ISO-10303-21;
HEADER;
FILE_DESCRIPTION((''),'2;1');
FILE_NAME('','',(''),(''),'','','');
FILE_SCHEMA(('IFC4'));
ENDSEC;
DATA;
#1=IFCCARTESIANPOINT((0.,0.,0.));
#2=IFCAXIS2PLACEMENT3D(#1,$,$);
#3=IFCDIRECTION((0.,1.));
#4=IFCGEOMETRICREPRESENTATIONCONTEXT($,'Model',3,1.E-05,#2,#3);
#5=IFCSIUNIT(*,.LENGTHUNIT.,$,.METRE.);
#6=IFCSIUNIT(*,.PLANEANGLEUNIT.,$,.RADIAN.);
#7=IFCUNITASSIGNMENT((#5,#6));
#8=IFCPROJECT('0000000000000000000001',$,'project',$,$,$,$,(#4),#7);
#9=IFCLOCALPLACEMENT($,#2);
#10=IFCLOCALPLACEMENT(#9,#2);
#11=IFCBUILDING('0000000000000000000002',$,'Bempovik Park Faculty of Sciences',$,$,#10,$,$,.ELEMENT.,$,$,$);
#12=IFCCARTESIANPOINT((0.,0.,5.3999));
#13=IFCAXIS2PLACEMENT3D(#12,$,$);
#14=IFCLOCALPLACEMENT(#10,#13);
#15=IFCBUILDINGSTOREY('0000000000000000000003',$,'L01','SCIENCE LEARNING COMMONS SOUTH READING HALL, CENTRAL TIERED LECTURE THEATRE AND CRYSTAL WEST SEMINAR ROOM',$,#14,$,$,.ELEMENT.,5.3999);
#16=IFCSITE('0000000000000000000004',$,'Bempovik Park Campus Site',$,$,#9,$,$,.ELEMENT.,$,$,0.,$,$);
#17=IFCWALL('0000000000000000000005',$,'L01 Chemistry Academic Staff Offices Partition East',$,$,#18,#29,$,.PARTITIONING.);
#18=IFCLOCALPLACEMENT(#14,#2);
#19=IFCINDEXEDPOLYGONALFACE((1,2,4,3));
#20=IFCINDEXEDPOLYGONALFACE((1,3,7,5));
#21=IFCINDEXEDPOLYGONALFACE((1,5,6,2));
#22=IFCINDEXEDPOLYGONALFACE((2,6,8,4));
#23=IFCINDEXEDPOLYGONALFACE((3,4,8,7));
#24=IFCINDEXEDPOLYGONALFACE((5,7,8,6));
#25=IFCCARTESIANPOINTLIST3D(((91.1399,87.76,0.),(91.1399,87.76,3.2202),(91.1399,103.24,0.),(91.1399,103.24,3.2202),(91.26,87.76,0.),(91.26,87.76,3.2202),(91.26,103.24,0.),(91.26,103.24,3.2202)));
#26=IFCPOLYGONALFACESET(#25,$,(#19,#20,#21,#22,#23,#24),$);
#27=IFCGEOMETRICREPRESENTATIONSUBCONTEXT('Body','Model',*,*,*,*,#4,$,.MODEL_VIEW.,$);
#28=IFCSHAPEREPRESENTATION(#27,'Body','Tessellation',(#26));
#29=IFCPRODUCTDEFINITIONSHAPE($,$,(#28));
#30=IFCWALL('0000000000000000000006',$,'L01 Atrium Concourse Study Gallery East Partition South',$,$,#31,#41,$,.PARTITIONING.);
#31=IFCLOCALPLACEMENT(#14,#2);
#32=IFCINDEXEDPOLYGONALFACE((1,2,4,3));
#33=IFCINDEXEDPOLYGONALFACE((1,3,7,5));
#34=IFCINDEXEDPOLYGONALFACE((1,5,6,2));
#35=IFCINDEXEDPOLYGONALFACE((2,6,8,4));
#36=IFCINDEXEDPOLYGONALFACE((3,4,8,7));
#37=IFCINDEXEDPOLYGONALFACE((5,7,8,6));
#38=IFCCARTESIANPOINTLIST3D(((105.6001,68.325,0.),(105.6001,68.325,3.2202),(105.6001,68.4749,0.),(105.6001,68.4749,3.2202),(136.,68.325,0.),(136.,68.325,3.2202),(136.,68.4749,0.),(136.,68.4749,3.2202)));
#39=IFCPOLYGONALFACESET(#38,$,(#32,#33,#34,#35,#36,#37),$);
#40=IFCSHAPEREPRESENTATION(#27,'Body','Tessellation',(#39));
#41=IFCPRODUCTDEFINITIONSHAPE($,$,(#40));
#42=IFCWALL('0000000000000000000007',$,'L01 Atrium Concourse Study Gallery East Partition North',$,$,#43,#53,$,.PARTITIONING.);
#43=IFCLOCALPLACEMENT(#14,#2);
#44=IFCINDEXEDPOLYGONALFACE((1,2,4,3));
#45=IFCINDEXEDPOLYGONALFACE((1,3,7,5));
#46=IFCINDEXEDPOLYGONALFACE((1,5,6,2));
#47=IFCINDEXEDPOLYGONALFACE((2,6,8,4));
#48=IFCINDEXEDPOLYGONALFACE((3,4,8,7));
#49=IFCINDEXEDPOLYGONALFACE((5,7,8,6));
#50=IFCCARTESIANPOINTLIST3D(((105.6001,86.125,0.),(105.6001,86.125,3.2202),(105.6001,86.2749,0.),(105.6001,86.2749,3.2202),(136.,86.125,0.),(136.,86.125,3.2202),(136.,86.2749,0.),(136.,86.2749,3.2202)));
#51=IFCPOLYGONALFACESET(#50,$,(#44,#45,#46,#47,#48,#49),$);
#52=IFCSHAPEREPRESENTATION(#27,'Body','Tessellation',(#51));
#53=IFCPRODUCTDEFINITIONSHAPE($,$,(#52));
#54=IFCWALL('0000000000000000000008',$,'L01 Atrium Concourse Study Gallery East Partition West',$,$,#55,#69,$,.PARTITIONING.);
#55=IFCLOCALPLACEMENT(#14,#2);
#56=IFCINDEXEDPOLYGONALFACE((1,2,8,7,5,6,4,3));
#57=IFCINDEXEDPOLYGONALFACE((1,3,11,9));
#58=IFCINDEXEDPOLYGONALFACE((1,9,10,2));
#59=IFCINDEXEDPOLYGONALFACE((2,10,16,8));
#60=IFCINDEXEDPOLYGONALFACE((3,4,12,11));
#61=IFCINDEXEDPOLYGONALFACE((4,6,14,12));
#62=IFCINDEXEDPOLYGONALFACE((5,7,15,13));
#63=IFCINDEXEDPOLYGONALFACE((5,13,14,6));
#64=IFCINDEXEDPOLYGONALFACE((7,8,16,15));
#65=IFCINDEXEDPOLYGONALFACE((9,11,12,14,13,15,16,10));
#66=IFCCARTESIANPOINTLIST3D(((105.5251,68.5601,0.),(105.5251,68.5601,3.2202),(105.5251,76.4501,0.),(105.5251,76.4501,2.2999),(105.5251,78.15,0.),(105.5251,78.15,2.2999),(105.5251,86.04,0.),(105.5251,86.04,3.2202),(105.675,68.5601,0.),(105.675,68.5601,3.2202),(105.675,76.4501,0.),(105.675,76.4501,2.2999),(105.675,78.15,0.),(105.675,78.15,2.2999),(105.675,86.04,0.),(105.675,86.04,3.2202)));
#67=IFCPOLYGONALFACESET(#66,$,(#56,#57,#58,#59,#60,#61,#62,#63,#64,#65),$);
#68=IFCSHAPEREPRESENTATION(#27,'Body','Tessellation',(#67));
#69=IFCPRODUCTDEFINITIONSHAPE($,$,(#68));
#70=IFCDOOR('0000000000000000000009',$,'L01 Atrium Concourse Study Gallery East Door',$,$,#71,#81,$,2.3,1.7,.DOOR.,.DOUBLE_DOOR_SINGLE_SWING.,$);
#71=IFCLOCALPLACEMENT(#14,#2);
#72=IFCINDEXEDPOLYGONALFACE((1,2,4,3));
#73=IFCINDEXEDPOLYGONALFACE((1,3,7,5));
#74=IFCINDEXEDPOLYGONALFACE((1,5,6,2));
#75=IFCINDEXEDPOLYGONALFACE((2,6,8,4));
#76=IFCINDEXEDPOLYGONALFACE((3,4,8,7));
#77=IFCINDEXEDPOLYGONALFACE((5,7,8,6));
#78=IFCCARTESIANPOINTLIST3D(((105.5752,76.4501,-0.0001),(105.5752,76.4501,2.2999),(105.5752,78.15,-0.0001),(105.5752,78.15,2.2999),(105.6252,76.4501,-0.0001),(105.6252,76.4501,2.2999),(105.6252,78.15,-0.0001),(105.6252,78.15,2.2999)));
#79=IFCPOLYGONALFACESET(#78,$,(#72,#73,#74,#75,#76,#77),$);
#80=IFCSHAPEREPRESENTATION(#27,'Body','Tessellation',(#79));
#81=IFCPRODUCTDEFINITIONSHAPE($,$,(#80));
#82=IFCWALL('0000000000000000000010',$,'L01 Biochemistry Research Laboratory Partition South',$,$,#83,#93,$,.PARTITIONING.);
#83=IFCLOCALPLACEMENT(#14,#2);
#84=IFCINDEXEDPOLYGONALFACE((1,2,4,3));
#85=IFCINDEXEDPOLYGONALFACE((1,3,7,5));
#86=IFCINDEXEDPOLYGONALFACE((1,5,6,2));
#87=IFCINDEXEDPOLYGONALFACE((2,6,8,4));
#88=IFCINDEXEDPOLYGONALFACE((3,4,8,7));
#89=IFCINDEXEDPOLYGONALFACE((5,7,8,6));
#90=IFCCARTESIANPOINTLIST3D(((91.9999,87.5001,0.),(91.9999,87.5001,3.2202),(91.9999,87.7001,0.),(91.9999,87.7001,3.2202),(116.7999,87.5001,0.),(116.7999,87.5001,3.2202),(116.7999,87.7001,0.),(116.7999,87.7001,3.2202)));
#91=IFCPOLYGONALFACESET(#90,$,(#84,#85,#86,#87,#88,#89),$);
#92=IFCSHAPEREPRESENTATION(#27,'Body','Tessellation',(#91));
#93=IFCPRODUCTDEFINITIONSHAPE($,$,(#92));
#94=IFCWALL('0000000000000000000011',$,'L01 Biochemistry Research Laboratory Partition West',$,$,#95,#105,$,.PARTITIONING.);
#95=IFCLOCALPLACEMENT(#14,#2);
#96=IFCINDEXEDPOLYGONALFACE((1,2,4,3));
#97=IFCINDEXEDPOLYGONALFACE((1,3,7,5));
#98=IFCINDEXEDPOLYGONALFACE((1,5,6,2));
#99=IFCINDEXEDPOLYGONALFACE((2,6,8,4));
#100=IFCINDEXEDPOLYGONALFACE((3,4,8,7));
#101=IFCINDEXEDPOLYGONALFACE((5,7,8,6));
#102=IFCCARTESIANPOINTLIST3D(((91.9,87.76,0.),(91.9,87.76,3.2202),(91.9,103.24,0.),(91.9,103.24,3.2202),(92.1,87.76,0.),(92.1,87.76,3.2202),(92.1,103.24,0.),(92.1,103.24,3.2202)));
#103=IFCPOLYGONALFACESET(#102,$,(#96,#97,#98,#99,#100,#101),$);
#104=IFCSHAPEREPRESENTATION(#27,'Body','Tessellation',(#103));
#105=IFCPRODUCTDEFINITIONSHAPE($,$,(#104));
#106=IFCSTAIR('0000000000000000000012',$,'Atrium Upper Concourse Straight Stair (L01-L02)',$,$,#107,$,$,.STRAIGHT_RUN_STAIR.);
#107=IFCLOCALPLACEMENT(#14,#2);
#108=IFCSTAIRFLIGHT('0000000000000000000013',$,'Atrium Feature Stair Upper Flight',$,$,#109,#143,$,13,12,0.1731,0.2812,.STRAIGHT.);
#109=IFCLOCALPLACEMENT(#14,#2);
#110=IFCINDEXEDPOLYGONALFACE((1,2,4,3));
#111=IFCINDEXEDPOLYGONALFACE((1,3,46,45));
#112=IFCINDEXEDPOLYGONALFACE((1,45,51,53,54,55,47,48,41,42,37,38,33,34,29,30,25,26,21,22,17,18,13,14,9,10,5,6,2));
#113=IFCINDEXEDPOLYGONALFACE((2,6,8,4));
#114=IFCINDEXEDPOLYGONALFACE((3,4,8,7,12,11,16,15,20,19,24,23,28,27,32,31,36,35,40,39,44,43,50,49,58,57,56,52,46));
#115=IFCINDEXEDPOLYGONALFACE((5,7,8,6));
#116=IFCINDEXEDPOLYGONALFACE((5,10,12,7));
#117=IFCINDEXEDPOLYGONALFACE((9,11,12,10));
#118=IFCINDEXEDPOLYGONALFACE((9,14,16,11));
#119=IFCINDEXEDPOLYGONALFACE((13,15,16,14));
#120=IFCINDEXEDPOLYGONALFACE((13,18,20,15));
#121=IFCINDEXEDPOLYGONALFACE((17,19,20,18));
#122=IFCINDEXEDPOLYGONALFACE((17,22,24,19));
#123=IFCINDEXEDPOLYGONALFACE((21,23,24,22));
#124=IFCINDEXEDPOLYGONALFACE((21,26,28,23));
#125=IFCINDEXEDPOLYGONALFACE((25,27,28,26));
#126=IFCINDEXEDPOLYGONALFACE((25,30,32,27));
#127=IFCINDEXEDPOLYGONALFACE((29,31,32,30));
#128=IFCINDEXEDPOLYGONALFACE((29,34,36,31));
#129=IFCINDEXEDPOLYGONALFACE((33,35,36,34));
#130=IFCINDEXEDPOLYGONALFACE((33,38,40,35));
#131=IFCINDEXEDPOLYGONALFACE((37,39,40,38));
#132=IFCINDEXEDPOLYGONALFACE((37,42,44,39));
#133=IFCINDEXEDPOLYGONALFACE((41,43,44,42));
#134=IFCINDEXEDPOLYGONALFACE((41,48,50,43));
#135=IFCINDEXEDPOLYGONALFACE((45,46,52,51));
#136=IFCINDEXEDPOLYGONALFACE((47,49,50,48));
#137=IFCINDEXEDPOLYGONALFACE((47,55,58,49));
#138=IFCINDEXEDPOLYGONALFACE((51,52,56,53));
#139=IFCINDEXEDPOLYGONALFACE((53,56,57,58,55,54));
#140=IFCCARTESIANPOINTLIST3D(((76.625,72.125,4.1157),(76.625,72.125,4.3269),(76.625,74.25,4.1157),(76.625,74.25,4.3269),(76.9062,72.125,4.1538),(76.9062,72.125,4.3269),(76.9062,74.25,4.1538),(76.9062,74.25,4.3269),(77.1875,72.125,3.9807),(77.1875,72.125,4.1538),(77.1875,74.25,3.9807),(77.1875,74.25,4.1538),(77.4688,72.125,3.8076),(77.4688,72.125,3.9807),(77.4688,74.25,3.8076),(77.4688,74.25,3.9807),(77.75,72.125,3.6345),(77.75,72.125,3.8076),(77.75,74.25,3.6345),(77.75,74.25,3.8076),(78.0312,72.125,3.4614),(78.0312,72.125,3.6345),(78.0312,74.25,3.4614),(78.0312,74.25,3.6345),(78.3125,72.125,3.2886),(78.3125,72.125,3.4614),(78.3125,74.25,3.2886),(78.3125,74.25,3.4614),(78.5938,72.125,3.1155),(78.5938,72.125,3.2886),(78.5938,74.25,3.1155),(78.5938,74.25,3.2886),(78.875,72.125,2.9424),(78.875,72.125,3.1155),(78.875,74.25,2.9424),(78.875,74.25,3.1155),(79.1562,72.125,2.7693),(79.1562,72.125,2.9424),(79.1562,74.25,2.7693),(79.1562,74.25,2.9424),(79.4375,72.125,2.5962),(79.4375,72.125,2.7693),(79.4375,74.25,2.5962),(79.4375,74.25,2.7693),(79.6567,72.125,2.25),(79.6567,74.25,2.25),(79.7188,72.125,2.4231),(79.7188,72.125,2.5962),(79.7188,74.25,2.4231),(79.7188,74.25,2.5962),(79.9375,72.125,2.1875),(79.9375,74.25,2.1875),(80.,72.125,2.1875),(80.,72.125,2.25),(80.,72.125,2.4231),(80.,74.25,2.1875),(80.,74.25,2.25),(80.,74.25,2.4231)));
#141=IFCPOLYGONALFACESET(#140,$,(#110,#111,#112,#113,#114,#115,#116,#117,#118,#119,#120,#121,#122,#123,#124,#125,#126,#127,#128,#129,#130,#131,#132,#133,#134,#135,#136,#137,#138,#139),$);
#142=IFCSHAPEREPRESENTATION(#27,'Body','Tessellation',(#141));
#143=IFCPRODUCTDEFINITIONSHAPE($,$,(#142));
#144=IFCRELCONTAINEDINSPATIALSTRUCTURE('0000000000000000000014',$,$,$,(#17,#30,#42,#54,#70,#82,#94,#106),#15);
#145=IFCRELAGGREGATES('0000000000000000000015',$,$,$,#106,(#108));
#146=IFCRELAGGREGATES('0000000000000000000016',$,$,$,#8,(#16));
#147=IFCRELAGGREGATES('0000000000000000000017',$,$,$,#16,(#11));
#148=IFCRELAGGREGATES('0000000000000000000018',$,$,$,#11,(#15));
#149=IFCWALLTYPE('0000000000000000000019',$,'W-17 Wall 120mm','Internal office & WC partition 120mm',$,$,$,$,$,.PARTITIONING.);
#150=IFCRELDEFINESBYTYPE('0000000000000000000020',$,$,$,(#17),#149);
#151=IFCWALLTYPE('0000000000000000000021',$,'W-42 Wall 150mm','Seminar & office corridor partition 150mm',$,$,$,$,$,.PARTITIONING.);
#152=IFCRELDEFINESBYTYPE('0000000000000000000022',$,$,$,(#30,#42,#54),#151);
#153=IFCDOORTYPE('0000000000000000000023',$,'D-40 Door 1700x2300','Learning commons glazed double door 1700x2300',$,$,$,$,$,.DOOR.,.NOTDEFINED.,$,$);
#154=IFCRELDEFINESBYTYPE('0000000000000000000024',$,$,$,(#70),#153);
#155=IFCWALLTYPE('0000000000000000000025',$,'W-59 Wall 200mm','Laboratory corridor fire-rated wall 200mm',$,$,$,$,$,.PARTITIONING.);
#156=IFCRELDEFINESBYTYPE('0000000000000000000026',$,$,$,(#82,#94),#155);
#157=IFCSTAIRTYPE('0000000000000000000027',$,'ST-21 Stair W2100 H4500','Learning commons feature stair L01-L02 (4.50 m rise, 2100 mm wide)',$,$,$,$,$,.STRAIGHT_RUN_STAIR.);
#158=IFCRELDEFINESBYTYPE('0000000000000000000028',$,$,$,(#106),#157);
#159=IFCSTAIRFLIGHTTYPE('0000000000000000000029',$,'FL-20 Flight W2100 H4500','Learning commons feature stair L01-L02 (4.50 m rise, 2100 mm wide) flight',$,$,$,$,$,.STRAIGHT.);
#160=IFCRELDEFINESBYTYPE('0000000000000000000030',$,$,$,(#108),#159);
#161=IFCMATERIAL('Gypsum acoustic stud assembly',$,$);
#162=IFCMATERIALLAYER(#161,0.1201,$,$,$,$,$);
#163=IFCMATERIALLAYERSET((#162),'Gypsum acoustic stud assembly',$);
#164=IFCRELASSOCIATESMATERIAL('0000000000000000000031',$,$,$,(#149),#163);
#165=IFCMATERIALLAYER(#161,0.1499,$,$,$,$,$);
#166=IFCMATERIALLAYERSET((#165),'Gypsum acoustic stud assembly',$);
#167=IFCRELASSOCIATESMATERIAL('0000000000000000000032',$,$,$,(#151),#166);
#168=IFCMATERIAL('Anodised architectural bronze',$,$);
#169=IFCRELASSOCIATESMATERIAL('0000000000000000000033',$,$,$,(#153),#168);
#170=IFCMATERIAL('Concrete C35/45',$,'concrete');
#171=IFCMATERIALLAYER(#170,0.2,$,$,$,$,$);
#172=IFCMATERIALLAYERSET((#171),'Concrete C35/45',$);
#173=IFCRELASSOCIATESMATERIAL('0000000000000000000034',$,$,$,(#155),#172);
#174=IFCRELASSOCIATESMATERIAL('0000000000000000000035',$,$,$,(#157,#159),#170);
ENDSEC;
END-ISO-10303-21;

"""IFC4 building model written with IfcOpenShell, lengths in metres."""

from ifc_helpers import new_model, si_unit, direction, frame, frame_2d, origin, place, context, subcontext, project, spatial, polyline, rectangle, outline, extrude, material, layer, layer_set, type_object, element, fill, aggregate, save


model = new_model("IFC4")

# Units and contexts
model_context = context("Model", 3, precision=1e-05, world=origin(), true_north=direction((0.0, 1.0)))
body_context = subcontext(model_context, "Body", "Model", "MODEL_VIEW")
ifc_project = project(units=[si_unit("LENGTHUNIT", "METRE"), si_unit("PLANEANGLEUNIT", "RADIAN")], contexts=[model_context])

# Site, building, storey
site_placement = place(None, origin())
site = spatial("IfcSite", under=ifc_project, at=site_placement, Name="Bempovik Park Campus Site", CompositionType="ELEMENT", RefElevation=0.0)
building_placement = place(site_placement, origin())
building = spatial("IfcBuilding", under=site, at=building_placement, Name="Bempovik Park Faculty of Sciences", CompositionType="ELEMENT")
storey_placement = place(building_placement, frame((0.0, 0.0, 5.3999)))
storey = spatial("IfcBuildingStorey", under=building, at=storey_placement, Name="L01", Description="SCIENCE LEARNING COMMONS SOUTH READING HALL, CENTRAL TIERED LECTURE THEATRE AND CRYSTAL WEST SEMINAR ROOM", CompositionType="ELEMENT", Elevation=5.3999)

# Shared definitions
ifc_material_1 = material(Name="Concrete C35/45", Category="concrete")

# Walls
ifc_material_2 = material(Name="Gypsum acoustic stud assembly")
ifc_layer_1 = layer(ifc_material_2, 0.1201)
ifc_layer_set_1 = layer_set([ifc_layer_1], Name="Gypsum acoustic stud assembly")
wall_type_1 = type_object("IfcWallType", Name="W-17 Wall 120mm", Description="Internal office & WC partition 120mm", PredefinedType="PARTITIONING", material=ifc_layer_set_1)
wall_1_placement = place(storey_placement, frame((91.2, 87.76, 0.0), z_axis=(0.0, 0.0, 1.0), x_axis=(0.0, 1.0, 0.0)))
element("IfcWall", 1, at=wall_1_placement, inside=storey, type_object=wall_type_1, Name="L01 Chemistry Academic Staff Offices Partition East", PredefinedType="PARTITIONING", context=body_context, shape_type="SweptSolid", body=[
    extrude(rectangle(XDim=15.48, YDim=0.1201, at=frame_2d((7.74, 0.0))), origin(), (0.0, 0.0, 1.0), 3.2202),
])
ifc_layer_2 = layer(ifc_material_2, 0.1499)
ifc_layer_set_2 = layer_set([ifc_layer_2], Name="Gypsum acoustic stud assembly")
wall_type_2 = type_object("IfcWallType", Name="W-42 Wall 150mm", Description="Seminar & office corridor partition 150mm", PredefinedType="PARTITIONING", material=ifc_layer_set_2)
for number, where, z_axis, x_axis, name in (
    (2, (105.6001, 68.3999, 0.0), (0.0, 0.0, 1.0), (1.0, 0.0, 0.0), "L01 Atrium Concourse Study Gallery East Partition South"),
    (3, (105.6001, 86.2, 0.0), (0.0, 0.0, 1.0), (1.0, 0.0, 0.0), "L01 Atrium Concourse Study Gallery East Partition North"),
):
    element("IfcWall", number, at=place(storey_placement, frame(where, z_axis=z_axis, x_axis=x_axis)), inside=storey, type_object=wall_type_2, Name=name, PredefinedType="PARTITIONING", context=body_context, shape_type="SweptSolid", body=[
        extrude(rectangle(XDim=30.3999, YDim=0.1499, at=frame_2d((15.2, 0.0))), origin(), (0.0, 0.0, 1.0), 3.2202),
    ])

# Wall, opening, door
wall_2_placement = place(storey_placement, frame((105.6001, 68.5601, 0.0), z_axis=(0.0, 0.0, 1.0), x_axis=(0.0, 1.0, 0.0)))
wall_2 = element("IfcWall", 4, at=wall_2_placement, inside=storey, type_object=wall_type_2, Name="L01 Atrium Concourse Study Gallery East Partition West", PredefinedType="PARTITIONING", context=body_context, shape_type="SweptSolid", body=[
    extrude(rectangle(XDim=17.48, YDim=0.1499, at=frame_2d((8.74, 0.0))), origin(), (0.0, 0.0, 1.0), 3.2202),
])
opening_placement = place(wall_2_placement, frame((7.8899, 0.0, 0.0)))
opening = element("IfcOpeningElement", 5, at=opening_placement, cuts=wall_2, PredefinedType="OPENING", context=body_context, shape_type="SweptSolid", body=[
    extrude(rectangle(XDim=1.7, YDim=2.3, at=frame_2d((0.8501, 1.1499))), frame((0.0, 0.085, 0.0), z_axis=(0.0, -1.0, 0.0), x_axis=(1.0, 0.0, 0.0)), (0.0, 0.0, 1.0), 0.1699),
])
ifc_material_3 = material(Name="Anodised architectural bronze")
door_type = type_object("IfcDoorType", Name="D-40 Door 1700x2300", Description="Learning commons glazed double door 1700x2300", OperationType="NOTDEFINED", PredefinedType="DOOR", material=ifc_material_3)
door_placement = place(opening_placement, origin())
door = element("IfcDoor", 6, at=door_placement, inside=storey, type_object=door_type, Name="L01 Atrium Concourse Study Gallery East Door", OperationType="DOUBLE_DOOR_SINGLE_SWING", OverallHeight=2.3, OverallWidth=1.7, PredefinedType="DOOR", context=body_context, shape_type="SweptSolid", body=[
    extrude(rectangle(XDim=1.7, YDim=2.3, at=frame_2d((0.8501, 1.1499))), frame((0.0, 0.0249, 0.0), z_axis=(0.0, -1.0, 0.0), x_axis=(1.0, 0.0, 0.0)), (0.0, 0.0, 1.0), 0.05),
])
fill(opening, door)

# Walls
ifc_layer_3 = layer(ifc_material_1, 0.2)
ifc_layer_set_3 = layer_set([ifc_layer_3], Name="Concrete C35/45")
wall_type_3 = type_object("IfcWallType", Name="W-59 Wall 200mm", Description="Laboratory corridor fire-rated wall 200mm", PredefinedType="PARTITIONING", material=ifc_layer_set_3)
wall_3_placement = place(storey_placement, frame((92.0, 87.6001, 0.0), z_axis=(0.0, 0.0, 1.0), x_axis=(1.0, 0.0, 0.0)))
element("IfcWall", 7, at=wall_3_placement, inside=storey, type_object=wall_type_3, Name="L01 Biochemistry Research Laboratory Partition South", PredefinedType="PARTITIONING", context=body_context, shape_type="SweptSolid", body=[
    extrude(rectangle(XDim=24.8, YDim=0.2, at=frame_2d((12.3999, 0.0))), origin(), (0.0, 0.0, 1.0), 3.2202),
])
wall_4_placement = place(storey_placement, frame((92.0, 87.76, 0.0), z_axis=(0.0, 0.0, 1.0), x_axis=(0.0, 1.0, 0.0)))
element("IfcWall", 8, at=wall_4_placement, inside=storey, type_object=wall_type_3, Name="L01 Biochemistry Research Laboratory Partition West", PredefinedType="PARTITIONING", context=body_context, shape_type="SweptSolid", body=[
    extrude(rectangle(XDim=15.48, YDim=0.2, at=frame_2d((7.74, 0.0))), origin(), (0.0, 0.0, 1.0), 3.2202),
])

# Stair, stair flight
stair_type = type_object("IfcStairType", Name="ST-21 Stair W2100 H4500", Description="Learning commons feature stair L01-L02 (4.50 m rise, 2100 mm wide)", PredefinedType="STRAIGHT_RUN_STAIR", material=ifc_material_1)
stair_placement = place(storey_placement, origin())
stair = element("IfcStair", 9, at=stair_placement, inside=storey, type_object=stair_type, Name="Atrium Upper Concourse Straight Stair (L01-L02)", PredefinedType="STRAIGHT_RUN_STAIR")
stair_flight_type = type_object("IfcStairFlightType", Name="FL-20 Flight W2100 H4500", Description="Learning commons feature stair L01-L02 (4.50 m rise, 2100 mm wide) flight", PredefinedType="STRAIGHT", material=ifc_material_1)
stair_flight_placement = place(storey_placement, frame((80.0, 73.1875, 2.25), z_axis=(0.0, 0.0, 1.0), x_axis=(-1.0, 0.0, 0.0)))
stair_flight = element("IfcStairFlight", 10, at=stair_flight_placement, type_object=stair_flight_type, Name="Atrium Feature Stair Upper Flight", NumberOfRisers=13, NumberOfTreads=12, PredefinedType="STRAIGHT", RiserHeight=0.1731, TreadLength=0.2812, context=body_context, shape_type="SweptSolid", body=[
    extrude(outline(polyline([(0.0, 0.0), (0.0, 0.1731), (0.2812, 0.1731), (0.2812, 0.3462), (0.5625, 0.3462), (0.5625, 0.5193), (0.8438, 0.5193), (0.8438, 0.6924), (1.125, 0.6924), (1.125, 0.8655), (1.4062, 0.8655), (1.4062, 1.0386), (1.6875, 1.0386), (1.6875, 1.2114), (1.9688, 1.2114), (1.9688, 1.3845), (2.25, 1.3845), (2.25, 1.5576), (2.5312, 1.5576), (2.5312, 1.7307), (2.8125, 1.7307), (2.8125, 1.9038), (3.0938, 1.9038), (3.0938, 2.0769), (3.375, 2.0769), (3.375, 2.25), (3.375, 1.8657), (0.3433, 0.0), (0.0625, -0.0625), (0.0, -0.0625), (0.0, 0.0)])), frame((0.0, 1.0625, 0.0), z_axis=(0.0, -1.0, 0.0), x_axis=(1.0, 0.0, 0.0)), (0.0, 0.0, 1.0), 2.125),
])
aggregate(stair, [stair_flight])

save(model, "model.ifc")
